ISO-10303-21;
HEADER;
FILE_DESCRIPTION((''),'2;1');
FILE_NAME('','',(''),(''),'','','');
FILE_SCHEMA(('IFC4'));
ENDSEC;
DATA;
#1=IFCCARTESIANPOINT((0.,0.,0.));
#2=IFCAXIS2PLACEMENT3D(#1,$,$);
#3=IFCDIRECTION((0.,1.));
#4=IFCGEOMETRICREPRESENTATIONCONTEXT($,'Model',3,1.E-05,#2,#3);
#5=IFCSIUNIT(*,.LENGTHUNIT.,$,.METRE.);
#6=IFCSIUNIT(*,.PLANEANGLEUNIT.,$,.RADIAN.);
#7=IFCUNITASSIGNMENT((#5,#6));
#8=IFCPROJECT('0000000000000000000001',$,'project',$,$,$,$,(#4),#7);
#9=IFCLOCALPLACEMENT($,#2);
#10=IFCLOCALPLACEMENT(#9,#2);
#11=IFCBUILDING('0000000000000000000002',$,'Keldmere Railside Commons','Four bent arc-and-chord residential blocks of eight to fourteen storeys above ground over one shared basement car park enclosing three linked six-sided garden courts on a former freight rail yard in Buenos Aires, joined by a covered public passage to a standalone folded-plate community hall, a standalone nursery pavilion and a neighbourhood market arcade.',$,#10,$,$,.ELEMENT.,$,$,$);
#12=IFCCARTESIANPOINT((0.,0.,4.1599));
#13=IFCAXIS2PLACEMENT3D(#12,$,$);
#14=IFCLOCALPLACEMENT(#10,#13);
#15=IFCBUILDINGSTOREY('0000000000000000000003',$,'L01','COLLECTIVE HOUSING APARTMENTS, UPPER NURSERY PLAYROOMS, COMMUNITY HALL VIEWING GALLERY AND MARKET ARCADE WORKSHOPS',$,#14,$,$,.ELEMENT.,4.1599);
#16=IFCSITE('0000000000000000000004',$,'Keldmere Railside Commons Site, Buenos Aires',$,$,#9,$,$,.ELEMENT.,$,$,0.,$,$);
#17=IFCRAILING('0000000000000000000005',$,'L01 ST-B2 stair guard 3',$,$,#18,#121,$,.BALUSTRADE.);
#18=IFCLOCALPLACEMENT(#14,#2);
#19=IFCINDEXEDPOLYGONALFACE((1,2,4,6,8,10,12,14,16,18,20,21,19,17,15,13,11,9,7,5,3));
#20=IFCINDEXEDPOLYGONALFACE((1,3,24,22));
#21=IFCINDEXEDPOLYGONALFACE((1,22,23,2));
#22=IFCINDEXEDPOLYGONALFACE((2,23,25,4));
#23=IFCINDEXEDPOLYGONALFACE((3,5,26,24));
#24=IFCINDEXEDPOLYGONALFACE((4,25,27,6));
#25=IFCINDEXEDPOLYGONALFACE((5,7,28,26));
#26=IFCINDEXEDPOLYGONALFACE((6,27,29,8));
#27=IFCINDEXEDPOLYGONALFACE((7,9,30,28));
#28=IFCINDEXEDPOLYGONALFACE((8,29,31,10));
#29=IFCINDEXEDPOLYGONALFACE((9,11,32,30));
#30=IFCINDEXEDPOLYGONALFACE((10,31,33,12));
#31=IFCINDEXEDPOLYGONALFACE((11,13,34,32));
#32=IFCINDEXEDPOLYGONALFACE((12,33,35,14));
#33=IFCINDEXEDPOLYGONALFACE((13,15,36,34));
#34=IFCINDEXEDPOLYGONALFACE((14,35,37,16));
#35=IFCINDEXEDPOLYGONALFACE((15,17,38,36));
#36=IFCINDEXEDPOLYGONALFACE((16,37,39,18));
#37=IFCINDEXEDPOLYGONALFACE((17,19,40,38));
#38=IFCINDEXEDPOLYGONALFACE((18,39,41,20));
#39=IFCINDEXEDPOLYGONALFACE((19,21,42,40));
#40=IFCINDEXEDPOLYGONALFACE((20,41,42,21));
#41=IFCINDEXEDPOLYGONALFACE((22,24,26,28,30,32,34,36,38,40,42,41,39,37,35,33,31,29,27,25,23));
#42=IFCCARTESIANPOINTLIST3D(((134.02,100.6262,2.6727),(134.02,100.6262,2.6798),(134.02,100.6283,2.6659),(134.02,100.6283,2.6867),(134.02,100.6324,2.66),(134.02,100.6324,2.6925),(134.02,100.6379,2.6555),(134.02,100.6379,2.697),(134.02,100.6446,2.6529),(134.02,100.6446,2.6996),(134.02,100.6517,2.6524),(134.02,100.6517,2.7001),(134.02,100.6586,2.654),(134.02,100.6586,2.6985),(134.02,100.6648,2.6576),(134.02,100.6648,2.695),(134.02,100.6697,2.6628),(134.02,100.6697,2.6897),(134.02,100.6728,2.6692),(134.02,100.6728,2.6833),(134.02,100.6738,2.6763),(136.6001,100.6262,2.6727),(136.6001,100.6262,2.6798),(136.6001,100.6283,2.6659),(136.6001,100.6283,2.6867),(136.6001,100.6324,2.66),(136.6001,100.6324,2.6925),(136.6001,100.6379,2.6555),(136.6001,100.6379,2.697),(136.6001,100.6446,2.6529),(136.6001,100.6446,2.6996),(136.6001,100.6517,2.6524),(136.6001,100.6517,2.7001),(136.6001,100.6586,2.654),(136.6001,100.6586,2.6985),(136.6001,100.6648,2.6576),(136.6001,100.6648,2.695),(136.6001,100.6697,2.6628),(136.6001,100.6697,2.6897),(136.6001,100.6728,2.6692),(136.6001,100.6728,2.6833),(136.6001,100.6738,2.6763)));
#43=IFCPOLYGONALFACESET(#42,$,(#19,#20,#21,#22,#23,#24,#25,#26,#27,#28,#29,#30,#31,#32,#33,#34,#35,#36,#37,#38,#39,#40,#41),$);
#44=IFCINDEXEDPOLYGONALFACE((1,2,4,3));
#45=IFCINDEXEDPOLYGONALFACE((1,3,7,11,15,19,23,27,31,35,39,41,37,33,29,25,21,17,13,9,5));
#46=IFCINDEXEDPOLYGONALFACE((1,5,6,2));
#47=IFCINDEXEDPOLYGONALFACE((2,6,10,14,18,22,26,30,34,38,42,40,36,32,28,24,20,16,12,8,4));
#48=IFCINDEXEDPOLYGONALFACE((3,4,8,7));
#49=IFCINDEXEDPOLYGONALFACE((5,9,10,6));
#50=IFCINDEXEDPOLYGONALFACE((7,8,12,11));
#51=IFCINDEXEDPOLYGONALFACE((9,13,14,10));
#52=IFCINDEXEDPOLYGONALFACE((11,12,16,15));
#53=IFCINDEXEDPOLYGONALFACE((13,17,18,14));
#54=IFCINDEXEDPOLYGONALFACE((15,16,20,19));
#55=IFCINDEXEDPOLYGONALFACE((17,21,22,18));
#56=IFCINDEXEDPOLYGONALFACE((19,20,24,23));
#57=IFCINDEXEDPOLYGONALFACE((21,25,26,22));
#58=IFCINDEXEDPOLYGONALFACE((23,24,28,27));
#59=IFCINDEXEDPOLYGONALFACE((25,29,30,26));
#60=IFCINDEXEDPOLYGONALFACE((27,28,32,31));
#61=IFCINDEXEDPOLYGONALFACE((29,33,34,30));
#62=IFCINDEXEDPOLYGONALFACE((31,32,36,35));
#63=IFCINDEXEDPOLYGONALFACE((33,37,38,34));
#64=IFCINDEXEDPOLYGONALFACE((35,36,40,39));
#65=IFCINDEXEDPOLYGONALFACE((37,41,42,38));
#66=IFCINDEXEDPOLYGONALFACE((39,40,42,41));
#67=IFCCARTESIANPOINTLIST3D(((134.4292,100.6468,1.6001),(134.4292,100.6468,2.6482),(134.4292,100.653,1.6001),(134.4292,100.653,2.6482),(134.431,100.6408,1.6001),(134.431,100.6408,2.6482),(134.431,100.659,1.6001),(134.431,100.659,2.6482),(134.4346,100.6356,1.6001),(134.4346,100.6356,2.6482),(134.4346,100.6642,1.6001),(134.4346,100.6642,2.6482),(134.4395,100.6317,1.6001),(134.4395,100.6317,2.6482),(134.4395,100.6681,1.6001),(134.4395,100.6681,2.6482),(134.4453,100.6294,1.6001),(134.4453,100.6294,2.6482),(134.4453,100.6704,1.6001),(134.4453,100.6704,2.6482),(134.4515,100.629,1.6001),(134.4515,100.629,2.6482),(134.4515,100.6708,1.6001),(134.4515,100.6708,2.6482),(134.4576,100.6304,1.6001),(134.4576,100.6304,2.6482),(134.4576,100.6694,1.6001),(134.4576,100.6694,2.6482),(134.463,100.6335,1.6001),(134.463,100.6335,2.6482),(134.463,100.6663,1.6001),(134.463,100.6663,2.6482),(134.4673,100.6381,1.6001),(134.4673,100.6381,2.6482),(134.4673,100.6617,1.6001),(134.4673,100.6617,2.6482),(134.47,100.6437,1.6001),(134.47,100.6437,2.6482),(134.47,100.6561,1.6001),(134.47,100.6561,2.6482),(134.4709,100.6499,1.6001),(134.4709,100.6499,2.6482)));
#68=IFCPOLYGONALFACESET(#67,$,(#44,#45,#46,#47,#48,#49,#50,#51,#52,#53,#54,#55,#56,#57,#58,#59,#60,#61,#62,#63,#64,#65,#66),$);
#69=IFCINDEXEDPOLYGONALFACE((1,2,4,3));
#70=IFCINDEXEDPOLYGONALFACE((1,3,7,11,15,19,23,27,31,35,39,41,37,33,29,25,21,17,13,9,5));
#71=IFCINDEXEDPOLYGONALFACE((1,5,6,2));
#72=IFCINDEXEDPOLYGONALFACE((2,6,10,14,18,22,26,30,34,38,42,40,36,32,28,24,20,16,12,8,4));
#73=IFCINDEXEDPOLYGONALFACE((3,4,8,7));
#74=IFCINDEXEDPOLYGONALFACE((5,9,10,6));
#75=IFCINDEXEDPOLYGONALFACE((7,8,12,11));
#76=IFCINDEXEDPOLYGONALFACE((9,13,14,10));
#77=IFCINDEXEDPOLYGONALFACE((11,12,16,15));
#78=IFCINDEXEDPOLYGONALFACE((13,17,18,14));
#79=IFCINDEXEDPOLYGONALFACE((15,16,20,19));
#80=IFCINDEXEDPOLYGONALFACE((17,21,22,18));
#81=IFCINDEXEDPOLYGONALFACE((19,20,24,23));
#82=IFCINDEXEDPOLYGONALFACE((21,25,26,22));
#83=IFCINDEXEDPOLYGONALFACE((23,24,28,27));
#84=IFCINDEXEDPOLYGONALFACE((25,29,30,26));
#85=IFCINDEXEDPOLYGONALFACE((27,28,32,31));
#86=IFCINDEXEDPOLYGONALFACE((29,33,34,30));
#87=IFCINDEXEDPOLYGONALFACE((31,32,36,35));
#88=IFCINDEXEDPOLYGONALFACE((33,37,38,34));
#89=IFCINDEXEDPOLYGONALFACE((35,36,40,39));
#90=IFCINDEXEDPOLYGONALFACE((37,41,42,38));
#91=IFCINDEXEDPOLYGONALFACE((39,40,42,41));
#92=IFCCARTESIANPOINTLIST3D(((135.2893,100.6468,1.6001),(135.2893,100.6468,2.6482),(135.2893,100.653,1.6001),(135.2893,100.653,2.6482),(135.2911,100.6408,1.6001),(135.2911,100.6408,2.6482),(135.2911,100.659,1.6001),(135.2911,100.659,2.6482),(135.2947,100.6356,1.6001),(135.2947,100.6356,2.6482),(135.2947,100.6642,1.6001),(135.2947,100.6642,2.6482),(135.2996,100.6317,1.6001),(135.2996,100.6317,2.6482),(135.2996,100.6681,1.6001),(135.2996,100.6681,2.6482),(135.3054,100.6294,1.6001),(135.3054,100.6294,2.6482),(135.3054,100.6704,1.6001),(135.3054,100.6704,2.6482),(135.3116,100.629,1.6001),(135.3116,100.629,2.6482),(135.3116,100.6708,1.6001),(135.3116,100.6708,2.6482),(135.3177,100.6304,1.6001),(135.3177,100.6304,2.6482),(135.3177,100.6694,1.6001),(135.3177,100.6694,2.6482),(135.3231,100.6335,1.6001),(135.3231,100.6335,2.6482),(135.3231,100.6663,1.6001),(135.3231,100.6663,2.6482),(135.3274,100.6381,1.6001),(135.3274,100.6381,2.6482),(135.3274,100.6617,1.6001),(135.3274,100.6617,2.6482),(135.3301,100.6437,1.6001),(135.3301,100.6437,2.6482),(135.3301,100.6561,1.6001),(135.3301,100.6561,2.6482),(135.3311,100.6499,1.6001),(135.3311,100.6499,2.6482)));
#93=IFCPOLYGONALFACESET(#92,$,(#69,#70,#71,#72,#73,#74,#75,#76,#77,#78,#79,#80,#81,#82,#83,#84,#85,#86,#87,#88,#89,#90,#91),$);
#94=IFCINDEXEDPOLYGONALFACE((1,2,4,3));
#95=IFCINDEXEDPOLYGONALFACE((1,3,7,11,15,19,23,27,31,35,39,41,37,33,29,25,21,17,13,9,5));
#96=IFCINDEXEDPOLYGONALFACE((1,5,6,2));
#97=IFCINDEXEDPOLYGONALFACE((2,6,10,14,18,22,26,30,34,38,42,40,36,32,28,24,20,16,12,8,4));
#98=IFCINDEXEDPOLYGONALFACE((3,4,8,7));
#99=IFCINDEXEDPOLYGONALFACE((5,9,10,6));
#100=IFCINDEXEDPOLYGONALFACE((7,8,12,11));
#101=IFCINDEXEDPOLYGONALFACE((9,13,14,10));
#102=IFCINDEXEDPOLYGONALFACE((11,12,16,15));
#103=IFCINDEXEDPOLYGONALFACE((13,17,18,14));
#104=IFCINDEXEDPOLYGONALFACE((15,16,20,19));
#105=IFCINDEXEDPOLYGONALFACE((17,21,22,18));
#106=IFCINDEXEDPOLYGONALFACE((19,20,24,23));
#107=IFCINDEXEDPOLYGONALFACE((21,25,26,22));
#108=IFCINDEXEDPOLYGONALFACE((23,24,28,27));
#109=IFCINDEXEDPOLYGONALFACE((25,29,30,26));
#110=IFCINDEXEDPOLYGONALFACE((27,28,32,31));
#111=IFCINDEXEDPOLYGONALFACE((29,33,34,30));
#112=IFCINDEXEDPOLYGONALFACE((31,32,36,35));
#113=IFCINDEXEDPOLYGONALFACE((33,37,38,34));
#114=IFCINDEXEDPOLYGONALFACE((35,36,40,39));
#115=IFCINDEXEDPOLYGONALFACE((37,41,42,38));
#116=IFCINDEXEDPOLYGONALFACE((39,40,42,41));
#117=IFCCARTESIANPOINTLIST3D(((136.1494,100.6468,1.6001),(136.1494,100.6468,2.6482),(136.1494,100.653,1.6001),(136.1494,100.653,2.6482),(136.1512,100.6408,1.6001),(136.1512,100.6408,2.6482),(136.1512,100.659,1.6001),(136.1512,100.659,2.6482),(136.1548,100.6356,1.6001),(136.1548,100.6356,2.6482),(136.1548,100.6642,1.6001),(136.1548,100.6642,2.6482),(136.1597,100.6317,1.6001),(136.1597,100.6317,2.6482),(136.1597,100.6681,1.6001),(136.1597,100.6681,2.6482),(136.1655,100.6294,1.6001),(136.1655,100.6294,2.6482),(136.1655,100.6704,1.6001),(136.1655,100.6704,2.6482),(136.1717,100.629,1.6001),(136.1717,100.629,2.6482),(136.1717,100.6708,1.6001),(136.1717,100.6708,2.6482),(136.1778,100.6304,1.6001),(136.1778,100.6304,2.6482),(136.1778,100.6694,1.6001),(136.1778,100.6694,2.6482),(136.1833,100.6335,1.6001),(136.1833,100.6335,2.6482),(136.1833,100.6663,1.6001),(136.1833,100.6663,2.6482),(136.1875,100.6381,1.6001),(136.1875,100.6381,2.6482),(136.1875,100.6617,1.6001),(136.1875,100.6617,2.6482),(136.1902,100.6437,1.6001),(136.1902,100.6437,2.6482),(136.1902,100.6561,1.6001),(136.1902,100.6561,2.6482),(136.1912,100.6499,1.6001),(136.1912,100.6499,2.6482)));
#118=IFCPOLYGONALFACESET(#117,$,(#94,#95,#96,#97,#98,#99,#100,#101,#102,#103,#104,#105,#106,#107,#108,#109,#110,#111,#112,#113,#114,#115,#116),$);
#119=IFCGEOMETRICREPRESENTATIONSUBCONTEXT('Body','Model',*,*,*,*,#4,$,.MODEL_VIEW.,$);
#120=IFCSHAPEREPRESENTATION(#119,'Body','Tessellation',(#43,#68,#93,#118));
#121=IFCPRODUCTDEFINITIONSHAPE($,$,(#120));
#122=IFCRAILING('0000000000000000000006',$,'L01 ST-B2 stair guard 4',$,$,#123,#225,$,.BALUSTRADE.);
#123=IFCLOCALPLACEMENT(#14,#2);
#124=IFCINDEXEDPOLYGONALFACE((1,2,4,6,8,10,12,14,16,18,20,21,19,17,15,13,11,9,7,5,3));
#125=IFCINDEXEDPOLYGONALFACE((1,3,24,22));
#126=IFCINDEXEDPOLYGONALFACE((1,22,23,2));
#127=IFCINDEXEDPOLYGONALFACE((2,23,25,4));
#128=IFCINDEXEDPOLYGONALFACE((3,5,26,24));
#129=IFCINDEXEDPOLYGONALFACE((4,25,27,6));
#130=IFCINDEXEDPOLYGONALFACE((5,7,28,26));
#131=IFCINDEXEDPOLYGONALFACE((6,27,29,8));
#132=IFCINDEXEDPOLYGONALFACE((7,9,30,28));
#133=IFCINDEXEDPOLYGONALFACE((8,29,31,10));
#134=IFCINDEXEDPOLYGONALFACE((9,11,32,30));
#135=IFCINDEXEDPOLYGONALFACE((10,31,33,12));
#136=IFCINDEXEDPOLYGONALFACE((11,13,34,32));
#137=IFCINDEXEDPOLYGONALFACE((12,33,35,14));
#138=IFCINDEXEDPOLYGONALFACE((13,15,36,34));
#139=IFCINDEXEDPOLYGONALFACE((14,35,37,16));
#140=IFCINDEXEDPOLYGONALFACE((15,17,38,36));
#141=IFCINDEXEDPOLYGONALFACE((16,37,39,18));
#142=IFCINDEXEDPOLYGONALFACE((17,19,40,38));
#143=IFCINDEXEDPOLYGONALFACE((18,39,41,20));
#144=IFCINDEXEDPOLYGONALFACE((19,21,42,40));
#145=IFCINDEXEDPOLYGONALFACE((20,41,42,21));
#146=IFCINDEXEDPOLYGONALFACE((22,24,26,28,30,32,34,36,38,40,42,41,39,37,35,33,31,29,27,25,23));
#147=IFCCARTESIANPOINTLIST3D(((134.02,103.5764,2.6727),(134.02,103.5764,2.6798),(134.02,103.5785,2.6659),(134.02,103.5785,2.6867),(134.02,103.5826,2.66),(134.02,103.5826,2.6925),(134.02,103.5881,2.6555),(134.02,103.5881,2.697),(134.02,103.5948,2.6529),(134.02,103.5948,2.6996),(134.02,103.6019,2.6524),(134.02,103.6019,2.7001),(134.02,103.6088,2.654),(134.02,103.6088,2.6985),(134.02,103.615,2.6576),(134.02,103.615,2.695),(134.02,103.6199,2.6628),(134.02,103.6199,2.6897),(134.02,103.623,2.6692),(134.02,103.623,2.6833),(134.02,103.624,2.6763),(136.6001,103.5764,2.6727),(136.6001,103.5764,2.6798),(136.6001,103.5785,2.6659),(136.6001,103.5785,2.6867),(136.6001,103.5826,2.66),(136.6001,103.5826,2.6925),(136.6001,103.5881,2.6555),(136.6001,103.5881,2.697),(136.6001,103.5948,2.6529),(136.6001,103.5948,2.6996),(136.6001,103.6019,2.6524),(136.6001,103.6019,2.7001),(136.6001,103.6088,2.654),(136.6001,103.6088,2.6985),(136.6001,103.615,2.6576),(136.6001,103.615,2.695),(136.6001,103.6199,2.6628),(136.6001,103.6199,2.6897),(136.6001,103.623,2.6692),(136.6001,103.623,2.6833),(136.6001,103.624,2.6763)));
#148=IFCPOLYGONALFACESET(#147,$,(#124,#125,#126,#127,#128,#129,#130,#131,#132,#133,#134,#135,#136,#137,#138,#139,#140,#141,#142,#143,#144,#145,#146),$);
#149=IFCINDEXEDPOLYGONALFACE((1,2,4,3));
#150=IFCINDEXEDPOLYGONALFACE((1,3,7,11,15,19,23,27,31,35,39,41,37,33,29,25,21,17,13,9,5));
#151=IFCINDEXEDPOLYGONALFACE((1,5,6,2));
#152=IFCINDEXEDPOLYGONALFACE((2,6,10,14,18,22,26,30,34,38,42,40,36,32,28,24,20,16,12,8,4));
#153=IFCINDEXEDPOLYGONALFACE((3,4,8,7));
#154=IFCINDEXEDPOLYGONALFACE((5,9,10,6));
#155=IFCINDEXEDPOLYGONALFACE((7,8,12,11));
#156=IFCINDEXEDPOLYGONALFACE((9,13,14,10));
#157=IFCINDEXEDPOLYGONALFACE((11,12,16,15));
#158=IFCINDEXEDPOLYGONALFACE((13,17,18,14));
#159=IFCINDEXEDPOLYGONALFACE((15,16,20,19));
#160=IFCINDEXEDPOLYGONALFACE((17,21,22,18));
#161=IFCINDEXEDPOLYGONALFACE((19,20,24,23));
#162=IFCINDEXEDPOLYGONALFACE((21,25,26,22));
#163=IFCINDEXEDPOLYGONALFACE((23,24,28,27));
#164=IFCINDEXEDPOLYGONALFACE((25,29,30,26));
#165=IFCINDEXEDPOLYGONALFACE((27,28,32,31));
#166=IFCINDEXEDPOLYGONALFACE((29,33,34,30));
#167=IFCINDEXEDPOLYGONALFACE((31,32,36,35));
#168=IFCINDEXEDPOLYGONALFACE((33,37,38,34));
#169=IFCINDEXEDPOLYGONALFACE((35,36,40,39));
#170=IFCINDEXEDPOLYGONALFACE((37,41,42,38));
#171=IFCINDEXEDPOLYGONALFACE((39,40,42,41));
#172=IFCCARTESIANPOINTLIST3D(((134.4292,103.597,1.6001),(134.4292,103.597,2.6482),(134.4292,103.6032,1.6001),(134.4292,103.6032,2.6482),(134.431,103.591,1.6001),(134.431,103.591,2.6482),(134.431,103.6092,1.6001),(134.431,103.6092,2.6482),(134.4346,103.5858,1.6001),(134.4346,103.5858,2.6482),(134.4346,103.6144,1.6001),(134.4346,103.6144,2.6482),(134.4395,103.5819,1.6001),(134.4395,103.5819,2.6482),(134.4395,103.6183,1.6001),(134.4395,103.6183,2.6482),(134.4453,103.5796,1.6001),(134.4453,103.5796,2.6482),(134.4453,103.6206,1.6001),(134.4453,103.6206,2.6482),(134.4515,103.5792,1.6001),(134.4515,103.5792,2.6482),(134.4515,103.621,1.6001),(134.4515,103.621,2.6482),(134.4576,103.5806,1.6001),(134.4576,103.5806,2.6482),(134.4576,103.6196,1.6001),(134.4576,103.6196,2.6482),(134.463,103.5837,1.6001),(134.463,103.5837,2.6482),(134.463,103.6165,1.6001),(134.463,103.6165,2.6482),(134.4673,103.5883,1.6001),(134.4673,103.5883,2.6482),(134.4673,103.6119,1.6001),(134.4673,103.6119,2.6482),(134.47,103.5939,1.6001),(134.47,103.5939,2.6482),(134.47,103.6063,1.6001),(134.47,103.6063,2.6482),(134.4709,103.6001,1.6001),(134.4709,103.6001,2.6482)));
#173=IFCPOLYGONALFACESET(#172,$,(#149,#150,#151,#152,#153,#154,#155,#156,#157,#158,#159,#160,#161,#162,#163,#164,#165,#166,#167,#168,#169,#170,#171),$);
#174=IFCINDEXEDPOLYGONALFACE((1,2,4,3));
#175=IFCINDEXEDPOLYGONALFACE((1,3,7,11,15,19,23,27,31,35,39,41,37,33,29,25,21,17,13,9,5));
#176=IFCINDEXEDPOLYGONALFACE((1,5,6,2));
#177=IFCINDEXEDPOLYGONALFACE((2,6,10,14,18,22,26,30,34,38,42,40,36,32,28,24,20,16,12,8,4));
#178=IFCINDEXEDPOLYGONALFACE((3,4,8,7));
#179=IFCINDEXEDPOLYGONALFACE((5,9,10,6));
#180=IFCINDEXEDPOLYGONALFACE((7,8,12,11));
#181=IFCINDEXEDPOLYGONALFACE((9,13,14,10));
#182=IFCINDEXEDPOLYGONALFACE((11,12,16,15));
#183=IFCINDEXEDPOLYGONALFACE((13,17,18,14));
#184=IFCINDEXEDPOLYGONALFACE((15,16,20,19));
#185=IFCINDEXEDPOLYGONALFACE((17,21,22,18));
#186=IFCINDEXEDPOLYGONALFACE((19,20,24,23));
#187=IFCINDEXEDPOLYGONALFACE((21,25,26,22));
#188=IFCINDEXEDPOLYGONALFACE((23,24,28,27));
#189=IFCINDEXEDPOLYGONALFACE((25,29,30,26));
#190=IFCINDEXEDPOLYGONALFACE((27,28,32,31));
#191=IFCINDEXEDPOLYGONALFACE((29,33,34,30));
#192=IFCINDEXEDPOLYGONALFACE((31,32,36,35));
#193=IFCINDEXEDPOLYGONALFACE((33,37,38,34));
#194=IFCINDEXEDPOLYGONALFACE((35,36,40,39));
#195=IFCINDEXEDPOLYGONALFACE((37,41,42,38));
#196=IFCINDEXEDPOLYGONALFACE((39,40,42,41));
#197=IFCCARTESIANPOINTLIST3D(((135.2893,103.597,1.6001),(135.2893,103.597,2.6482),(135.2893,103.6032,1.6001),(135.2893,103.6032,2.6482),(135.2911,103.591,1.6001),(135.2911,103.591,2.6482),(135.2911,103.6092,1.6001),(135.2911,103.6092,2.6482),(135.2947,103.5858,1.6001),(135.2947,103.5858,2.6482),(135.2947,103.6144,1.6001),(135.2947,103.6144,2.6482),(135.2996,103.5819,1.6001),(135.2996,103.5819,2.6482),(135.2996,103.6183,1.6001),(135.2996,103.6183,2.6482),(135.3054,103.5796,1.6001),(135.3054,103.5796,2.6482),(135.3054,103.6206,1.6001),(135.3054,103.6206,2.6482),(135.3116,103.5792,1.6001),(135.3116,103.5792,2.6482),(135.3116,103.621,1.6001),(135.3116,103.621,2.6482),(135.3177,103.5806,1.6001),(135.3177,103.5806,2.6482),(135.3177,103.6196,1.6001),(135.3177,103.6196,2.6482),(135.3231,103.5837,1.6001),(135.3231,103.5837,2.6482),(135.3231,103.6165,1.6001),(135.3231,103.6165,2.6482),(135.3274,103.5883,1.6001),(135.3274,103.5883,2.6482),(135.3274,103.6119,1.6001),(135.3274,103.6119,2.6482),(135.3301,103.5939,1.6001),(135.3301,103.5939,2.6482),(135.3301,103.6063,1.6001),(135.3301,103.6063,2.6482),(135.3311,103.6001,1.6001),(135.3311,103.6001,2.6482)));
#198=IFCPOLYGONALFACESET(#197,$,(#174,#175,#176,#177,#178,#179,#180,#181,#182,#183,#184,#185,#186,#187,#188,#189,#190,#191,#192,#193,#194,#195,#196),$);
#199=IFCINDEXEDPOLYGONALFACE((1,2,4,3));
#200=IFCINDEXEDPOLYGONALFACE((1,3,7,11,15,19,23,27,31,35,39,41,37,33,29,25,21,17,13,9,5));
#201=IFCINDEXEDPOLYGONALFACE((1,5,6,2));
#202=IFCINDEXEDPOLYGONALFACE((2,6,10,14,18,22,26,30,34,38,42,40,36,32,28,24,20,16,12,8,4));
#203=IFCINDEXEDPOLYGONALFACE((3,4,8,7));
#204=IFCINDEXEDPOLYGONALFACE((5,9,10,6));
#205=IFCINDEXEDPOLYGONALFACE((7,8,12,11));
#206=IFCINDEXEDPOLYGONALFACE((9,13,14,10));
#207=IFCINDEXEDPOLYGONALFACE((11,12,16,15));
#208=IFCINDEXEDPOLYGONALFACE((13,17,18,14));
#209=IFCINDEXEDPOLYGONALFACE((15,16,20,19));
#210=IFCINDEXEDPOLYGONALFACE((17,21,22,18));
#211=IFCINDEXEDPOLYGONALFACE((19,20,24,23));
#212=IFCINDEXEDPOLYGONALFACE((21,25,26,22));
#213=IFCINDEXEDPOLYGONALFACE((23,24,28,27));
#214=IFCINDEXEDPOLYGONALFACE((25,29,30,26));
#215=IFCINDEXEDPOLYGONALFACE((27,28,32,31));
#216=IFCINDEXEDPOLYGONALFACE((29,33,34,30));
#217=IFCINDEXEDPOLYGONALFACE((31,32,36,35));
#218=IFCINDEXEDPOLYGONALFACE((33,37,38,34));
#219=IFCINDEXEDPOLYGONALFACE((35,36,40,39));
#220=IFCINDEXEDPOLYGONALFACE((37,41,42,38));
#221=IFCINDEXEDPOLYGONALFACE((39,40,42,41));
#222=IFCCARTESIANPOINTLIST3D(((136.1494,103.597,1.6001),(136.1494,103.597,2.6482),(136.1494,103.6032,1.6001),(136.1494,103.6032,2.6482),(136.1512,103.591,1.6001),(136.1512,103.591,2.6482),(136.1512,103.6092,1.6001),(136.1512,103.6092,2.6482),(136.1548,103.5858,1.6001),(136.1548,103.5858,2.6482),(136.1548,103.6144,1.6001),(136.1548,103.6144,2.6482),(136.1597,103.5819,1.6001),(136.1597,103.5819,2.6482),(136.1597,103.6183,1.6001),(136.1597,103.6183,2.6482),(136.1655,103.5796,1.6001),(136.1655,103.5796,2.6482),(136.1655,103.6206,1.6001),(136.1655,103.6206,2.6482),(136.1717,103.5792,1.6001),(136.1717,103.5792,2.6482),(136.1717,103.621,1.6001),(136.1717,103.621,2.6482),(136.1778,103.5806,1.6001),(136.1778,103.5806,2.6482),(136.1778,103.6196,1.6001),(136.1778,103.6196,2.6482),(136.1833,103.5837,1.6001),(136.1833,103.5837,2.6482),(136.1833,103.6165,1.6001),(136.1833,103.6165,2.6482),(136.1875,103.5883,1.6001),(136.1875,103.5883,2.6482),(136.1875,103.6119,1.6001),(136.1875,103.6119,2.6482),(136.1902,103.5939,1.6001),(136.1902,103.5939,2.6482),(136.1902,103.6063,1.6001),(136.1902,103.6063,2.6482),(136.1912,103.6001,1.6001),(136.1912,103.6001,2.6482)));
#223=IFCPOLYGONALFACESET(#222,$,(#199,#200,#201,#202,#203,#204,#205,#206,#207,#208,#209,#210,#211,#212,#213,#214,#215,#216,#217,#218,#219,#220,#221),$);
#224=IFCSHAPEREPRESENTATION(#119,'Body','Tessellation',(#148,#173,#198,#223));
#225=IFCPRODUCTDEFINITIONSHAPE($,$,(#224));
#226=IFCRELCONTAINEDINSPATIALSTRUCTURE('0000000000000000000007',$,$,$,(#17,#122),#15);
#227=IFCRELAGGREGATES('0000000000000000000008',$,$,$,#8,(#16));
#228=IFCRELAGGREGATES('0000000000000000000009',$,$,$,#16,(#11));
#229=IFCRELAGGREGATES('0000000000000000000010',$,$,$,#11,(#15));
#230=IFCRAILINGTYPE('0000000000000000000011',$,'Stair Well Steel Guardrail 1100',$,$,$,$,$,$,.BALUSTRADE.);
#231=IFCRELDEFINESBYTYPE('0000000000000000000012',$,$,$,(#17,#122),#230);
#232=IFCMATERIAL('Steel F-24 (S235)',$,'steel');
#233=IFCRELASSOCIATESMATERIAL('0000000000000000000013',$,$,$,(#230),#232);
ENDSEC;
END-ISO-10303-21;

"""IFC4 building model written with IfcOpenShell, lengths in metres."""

from ifc_helpers import new_model, si_unit, direction, frame, origin, origin_2d, place, context, subcontext, project, spatial, circle, extrude, material, type_object, element, save


model = new_model("IFC4")

# Units and contexts
model_context = context("Model", 3, precision=1e-05, world=origin(), true_north=direction((0.0, 1.0)))
body_context = subcontext(model_context, "Body", "Model", "MODEL_VIEW")
ifc_project = project(units=[si_unit("LENGTHUNIT", "METRE"), si_unit("PLANEANGLEUNIT", "RADIAN")], contexts=[model_context])

# Site, building, storey
site_placement = place(None, origin())
site = spatial("IfcSite", under=ifc_project, at=site_placement, Name="Keldmere Railside Commons Site, Buenos Aires", CompositionType="ELEMENT", RefElevation=0.0)
building_placement = place(site_placement, origin())
building = spatial("IfcBuilding", under=site, at=building_placement, Name="Keldmere Railside Commons", Description="Four bent arc-and-chord residential blocks of eight to fourteen storeys above ground over one shared basement car park enclosing three linked six-sided garden courts on a former freight rail yard in Buenos Aires, joined by a covered public passage to a standalone folded-plate community hall, a standalone nursery pavilion and a neighbourhood market arcade.", CompositionType="ELEMENT")
storey_placement = place(building_placement, frame((0.0, 0.0, 4.1599)))
storey = spatial("IfcBuildingStorey", under=building, at=storey_placement, Name="L01", Description="COLLECTIVE HOUSING APARTMENTS, UPPER NURSERY PLAYROOMS, COMMUNITY HALL VIEWING GALLERY AND MARKET ARCADE WORKSHOPS", CompositionType="ELEMENT", Elevation=4.1599)

# Shared definitions
ifc_material_1 = material(Name="Steel F-24 (S235)", Category="steel")

# Railings
railing_type_1 = type_object("IfcRailingType", Name="Stair Well Steel Guardrail 1100", PredefinedType="BALUSTRADE", material=ifc_material_1)
for number, where, name in (
    (1, (134.02, 100.6499, 1.6001), "L01 ST-B2 stair guard 3"),
    (2, (134.02, 103.6001, 1.6001), "L01 ST-B2 stair guard 4"),
):
    element("IfcRailing", number, at=place(storey_placement, frame(where)), inside=storey, type_object=railing_type_1, Name=name, PredefinedType="BALUSTRADE", context=body_context, shape_type="SweptSolid", body=[
        extrude(circle(Radius=0.0239, at=origin_2d()), frame((0.0, 0.0, 1.0762), z_axis=(1.0, 0.0, 0.0), x_axis=(0.0, 1.0, 0.0)), (0.0, 0.0, 1.0), 2.5801),
        extrude(circle(Radius=0.021, at=origin_2d()), frame((0.4299, 0.0, 0.0)), (0.0, 0.0, 1.0), 1.0481),
        extrude(circle(Radius=0.021, at=origin_2d()), frame((1.29, 0.0, 0.0)), (0.0, 0.0, 1.0), 1.0481),
        extrude(circle(Radius=0.021, at=origin_2d()), frame((2.1501, 0.0, 0.0)), (0.0, 0.0, 1.0), 1.0481),
    ])

save(model, "model.ifc")
